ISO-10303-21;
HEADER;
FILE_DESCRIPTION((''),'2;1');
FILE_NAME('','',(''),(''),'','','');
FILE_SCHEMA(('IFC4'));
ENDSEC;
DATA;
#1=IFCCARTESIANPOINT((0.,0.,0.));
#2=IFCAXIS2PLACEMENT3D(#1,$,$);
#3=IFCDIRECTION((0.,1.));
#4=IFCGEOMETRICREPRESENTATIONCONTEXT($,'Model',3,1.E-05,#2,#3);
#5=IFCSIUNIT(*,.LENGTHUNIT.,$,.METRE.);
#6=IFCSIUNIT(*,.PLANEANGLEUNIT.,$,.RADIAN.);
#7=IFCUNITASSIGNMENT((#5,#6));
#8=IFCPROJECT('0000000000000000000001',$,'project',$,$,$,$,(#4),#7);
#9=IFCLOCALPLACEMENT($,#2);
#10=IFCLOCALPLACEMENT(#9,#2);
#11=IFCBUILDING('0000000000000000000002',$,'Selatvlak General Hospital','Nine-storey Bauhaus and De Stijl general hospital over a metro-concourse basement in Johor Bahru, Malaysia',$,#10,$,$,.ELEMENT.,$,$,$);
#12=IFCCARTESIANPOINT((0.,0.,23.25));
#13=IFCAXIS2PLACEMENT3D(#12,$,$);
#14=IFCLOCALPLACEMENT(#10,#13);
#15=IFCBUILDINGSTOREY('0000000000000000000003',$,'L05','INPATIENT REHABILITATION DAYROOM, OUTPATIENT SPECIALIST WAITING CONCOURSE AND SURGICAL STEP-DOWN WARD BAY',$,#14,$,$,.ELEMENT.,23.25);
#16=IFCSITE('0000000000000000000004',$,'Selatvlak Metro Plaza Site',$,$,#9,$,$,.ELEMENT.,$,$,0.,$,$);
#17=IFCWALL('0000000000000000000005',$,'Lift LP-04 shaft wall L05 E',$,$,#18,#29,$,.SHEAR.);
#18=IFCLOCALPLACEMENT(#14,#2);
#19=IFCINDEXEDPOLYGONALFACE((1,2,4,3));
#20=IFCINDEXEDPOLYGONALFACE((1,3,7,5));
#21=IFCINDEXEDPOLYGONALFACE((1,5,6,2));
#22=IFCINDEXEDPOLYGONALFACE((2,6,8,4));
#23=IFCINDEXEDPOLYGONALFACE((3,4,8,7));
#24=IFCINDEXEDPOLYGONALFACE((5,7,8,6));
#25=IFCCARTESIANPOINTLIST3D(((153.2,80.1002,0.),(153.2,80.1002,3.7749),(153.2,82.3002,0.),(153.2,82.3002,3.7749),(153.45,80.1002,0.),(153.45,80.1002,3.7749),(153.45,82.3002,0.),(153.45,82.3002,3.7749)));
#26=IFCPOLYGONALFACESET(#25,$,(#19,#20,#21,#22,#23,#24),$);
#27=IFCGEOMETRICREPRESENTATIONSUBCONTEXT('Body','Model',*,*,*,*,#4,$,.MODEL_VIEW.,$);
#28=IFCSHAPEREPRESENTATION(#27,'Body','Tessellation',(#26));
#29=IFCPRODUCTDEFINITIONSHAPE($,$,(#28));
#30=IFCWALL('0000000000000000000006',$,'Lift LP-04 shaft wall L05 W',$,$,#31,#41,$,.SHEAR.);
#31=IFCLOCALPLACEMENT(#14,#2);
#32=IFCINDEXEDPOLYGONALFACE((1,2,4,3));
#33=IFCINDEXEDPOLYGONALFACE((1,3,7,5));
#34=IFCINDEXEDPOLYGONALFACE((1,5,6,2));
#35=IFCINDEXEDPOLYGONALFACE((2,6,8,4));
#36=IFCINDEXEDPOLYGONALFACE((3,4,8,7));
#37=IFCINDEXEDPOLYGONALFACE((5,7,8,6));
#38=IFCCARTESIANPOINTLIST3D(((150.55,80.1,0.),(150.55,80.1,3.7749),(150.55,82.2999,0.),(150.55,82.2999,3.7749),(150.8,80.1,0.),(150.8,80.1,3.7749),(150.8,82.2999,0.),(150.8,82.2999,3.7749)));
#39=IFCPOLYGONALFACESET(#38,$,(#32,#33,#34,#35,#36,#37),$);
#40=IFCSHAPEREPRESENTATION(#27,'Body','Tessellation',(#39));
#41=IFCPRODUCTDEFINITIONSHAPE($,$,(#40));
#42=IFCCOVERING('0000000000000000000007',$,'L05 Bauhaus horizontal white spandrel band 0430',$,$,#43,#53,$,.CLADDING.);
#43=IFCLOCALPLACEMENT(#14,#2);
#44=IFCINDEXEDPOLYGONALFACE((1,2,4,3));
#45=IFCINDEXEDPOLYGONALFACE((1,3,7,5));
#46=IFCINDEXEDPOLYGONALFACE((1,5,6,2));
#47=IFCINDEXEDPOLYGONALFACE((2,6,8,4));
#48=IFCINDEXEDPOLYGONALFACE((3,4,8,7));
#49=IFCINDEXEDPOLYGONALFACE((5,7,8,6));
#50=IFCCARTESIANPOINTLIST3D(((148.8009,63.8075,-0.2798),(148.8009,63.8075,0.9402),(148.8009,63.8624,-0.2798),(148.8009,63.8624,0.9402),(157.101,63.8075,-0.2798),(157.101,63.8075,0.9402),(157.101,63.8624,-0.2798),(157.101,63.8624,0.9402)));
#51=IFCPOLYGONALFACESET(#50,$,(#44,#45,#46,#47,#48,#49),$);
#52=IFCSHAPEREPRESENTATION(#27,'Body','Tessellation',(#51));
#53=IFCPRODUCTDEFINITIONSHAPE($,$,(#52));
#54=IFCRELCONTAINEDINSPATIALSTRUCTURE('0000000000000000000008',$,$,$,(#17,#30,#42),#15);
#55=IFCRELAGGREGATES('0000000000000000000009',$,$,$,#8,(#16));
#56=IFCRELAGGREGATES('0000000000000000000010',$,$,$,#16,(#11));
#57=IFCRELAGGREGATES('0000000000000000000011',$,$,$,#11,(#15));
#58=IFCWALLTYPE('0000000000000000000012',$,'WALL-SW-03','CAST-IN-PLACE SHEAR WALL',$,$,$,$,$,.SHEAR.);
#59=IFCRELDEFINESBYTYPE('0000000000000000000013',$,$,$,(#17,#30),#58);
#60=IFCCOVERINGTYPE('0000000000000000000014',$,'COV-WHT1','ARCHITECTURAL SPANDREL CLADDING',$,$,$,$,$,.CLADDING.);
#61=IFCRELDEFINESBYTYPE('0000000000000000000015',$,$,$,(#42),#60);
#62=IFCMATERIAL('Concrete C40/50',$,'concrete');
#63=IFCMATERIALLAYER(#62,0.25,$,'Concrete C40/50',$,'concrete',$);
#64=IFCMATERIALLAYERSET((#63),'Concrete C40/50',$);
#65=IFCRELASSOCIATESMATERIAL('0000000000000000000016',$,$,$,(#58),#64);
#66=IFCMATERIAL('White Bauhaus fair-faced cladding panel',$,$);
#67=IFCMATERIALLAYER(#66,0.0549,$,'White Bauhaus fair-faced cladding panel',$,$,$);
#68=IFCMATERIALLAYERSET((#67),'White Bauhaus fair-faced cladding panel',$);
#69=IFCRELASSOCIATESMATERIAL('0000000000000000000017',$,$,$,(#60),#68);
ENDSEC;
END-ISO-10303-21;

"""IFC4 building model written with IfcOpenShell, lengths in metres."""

from ifc_helpers import new_model, si_unit, direction, frame, frame_2d, origin, origin_2d, place, context, subcontext, project, spatial, rectangle, extrude, material, layer, layer_set, type_object, element, save


model = new_model("IFC4")

# Units and contexts
model_context = context("Model", 3, precision=1e-05, world=origin(), true_north=direction((0.0, 1.0)))
body_context = subcontext(model_context, "Body", "Model", "MODEL_VIEW")
ifc_project = project(units=[si_unit("LENGTHUNIT", "METRE"), si_unit("PLANEANGLEUNIT", "RADIAN")], contexts=[model_context])

# Site, building, storey
site_placement = place(None, origin())
site = spatial("IfcSite", under=ifc_project, at=site_placement, Name="Selatvlak Metro Plaza Site", CompositionType="ELEMENT", RefElevation=0.0)
building_placement = place(site_placement, origin())
building = spatial("IfcBuilding", under=site, at=building_placement, Name="Selatvlak General Hospital", Description="Nine-storey Bauhaus and De Stijl general hospital over a metro-concourse basement in Johor Bahru, Malaysia", CompositionType="ELEMENT")
storey_placement = place(building_placement, frame((0.0, 0.0, 23.25)))
storey = spatial("IfcBuildingStorey", under=building, at=storey_placement, Name="L05", Description="INPATIENT REHABILITATION DAYROOM, OUTPATIENT SPECIALIST WAITING CONCOURSE AND SURGICAL STEP-DOWN WARD BAY", CompositionType="ELEMENT", Elevation=23.25)

# Shared definitions
ifc_material_1 = material(Name="Concrete C40/50", Category="concrete")

# Shared definitions
ifc_layer_1 = layer(ifc_material_1, 0.25, Name="Concrete C40/50", Category="concrete")
ifc_layer_set_1 = layer_set([ifc_layer_1], Name="Concrete C40/50")
wall_type_1 = type_object("IfcWallType", Name="WALL-SW-03", Description="CAST-IN-PLACE SHEAR WALL", PredefinedType="SHEAR", material=ifc_layer_set_1)

# Walls
for number, where, z_axis, x_axis, name in (
    (1, (153.325, 80.1001, 0.0), (0.0, 0.0, 1.0), (0.0, 1.0, 0.0), "Lift LP-04 shaft wall L05 E"),
    (2, (150.675, 82.3, 0.0), (0.0, 0.0, 1.0), (0.0, -1.0, 0.0), "Lift LP-04 shaft wall L05 W"),
):
    element("IfcWall", number, at=place(storey_placement, frame(where, z_axis=z_axis, x_axis=x_axis)), inside=storey, type_object=wall_type_1, Name=name, PredefinedType="SHEAR", context=body_context, shape_type="SweptSolid", body=[
        extrude(rectangle(XDim=2.2, YDim=0.25, at=frame_2d((1.1001, 0.0))), origin(), (0.0, 0.0, 1.0), 3.7749),
    ])

# Covering
ifc_material_2 = material(Name="White Bauhaus fair-faced cladding panel")
ifc_layer_2 = layer(ifc_material_2, 0.0549, Name="White Bauhaus fair-faced cladding panel")
ifc_layer_set_2 = layer_set([ifc_layer_2], Name="White Bauhaus fair-faced cladding panel")
covering_type = type_object("IfcCoveringType", Name="COV-WHT1", Description="ARCHITECTURAL SPANDREL CLADDING", PredefinedType="CLADDING", material=ifc_layer_set_2)
covering_placement = place(storey_placement, frame((152.9509, 63.835, -0.2798), z_axis=(0.0, 0.0, 1.0), x_axis=(-1.0, 0.0, 0.0)))
element("IfcCovering", 3, at=covering_placement, inside=storey, type_object=covering_type, Name="L05 Bauhaus horizontal white spandrel band 0430", PredefinedType="CLADDING", context=body_context, shape_type="SweptSolid", body=[
    extrude(rectangle(XDim=8.3, YDim=0.0549, at=origin_2d()), origin(), (0.0, 0.0, 1.0), 1.22),
])

save(model, "model.ifc")
